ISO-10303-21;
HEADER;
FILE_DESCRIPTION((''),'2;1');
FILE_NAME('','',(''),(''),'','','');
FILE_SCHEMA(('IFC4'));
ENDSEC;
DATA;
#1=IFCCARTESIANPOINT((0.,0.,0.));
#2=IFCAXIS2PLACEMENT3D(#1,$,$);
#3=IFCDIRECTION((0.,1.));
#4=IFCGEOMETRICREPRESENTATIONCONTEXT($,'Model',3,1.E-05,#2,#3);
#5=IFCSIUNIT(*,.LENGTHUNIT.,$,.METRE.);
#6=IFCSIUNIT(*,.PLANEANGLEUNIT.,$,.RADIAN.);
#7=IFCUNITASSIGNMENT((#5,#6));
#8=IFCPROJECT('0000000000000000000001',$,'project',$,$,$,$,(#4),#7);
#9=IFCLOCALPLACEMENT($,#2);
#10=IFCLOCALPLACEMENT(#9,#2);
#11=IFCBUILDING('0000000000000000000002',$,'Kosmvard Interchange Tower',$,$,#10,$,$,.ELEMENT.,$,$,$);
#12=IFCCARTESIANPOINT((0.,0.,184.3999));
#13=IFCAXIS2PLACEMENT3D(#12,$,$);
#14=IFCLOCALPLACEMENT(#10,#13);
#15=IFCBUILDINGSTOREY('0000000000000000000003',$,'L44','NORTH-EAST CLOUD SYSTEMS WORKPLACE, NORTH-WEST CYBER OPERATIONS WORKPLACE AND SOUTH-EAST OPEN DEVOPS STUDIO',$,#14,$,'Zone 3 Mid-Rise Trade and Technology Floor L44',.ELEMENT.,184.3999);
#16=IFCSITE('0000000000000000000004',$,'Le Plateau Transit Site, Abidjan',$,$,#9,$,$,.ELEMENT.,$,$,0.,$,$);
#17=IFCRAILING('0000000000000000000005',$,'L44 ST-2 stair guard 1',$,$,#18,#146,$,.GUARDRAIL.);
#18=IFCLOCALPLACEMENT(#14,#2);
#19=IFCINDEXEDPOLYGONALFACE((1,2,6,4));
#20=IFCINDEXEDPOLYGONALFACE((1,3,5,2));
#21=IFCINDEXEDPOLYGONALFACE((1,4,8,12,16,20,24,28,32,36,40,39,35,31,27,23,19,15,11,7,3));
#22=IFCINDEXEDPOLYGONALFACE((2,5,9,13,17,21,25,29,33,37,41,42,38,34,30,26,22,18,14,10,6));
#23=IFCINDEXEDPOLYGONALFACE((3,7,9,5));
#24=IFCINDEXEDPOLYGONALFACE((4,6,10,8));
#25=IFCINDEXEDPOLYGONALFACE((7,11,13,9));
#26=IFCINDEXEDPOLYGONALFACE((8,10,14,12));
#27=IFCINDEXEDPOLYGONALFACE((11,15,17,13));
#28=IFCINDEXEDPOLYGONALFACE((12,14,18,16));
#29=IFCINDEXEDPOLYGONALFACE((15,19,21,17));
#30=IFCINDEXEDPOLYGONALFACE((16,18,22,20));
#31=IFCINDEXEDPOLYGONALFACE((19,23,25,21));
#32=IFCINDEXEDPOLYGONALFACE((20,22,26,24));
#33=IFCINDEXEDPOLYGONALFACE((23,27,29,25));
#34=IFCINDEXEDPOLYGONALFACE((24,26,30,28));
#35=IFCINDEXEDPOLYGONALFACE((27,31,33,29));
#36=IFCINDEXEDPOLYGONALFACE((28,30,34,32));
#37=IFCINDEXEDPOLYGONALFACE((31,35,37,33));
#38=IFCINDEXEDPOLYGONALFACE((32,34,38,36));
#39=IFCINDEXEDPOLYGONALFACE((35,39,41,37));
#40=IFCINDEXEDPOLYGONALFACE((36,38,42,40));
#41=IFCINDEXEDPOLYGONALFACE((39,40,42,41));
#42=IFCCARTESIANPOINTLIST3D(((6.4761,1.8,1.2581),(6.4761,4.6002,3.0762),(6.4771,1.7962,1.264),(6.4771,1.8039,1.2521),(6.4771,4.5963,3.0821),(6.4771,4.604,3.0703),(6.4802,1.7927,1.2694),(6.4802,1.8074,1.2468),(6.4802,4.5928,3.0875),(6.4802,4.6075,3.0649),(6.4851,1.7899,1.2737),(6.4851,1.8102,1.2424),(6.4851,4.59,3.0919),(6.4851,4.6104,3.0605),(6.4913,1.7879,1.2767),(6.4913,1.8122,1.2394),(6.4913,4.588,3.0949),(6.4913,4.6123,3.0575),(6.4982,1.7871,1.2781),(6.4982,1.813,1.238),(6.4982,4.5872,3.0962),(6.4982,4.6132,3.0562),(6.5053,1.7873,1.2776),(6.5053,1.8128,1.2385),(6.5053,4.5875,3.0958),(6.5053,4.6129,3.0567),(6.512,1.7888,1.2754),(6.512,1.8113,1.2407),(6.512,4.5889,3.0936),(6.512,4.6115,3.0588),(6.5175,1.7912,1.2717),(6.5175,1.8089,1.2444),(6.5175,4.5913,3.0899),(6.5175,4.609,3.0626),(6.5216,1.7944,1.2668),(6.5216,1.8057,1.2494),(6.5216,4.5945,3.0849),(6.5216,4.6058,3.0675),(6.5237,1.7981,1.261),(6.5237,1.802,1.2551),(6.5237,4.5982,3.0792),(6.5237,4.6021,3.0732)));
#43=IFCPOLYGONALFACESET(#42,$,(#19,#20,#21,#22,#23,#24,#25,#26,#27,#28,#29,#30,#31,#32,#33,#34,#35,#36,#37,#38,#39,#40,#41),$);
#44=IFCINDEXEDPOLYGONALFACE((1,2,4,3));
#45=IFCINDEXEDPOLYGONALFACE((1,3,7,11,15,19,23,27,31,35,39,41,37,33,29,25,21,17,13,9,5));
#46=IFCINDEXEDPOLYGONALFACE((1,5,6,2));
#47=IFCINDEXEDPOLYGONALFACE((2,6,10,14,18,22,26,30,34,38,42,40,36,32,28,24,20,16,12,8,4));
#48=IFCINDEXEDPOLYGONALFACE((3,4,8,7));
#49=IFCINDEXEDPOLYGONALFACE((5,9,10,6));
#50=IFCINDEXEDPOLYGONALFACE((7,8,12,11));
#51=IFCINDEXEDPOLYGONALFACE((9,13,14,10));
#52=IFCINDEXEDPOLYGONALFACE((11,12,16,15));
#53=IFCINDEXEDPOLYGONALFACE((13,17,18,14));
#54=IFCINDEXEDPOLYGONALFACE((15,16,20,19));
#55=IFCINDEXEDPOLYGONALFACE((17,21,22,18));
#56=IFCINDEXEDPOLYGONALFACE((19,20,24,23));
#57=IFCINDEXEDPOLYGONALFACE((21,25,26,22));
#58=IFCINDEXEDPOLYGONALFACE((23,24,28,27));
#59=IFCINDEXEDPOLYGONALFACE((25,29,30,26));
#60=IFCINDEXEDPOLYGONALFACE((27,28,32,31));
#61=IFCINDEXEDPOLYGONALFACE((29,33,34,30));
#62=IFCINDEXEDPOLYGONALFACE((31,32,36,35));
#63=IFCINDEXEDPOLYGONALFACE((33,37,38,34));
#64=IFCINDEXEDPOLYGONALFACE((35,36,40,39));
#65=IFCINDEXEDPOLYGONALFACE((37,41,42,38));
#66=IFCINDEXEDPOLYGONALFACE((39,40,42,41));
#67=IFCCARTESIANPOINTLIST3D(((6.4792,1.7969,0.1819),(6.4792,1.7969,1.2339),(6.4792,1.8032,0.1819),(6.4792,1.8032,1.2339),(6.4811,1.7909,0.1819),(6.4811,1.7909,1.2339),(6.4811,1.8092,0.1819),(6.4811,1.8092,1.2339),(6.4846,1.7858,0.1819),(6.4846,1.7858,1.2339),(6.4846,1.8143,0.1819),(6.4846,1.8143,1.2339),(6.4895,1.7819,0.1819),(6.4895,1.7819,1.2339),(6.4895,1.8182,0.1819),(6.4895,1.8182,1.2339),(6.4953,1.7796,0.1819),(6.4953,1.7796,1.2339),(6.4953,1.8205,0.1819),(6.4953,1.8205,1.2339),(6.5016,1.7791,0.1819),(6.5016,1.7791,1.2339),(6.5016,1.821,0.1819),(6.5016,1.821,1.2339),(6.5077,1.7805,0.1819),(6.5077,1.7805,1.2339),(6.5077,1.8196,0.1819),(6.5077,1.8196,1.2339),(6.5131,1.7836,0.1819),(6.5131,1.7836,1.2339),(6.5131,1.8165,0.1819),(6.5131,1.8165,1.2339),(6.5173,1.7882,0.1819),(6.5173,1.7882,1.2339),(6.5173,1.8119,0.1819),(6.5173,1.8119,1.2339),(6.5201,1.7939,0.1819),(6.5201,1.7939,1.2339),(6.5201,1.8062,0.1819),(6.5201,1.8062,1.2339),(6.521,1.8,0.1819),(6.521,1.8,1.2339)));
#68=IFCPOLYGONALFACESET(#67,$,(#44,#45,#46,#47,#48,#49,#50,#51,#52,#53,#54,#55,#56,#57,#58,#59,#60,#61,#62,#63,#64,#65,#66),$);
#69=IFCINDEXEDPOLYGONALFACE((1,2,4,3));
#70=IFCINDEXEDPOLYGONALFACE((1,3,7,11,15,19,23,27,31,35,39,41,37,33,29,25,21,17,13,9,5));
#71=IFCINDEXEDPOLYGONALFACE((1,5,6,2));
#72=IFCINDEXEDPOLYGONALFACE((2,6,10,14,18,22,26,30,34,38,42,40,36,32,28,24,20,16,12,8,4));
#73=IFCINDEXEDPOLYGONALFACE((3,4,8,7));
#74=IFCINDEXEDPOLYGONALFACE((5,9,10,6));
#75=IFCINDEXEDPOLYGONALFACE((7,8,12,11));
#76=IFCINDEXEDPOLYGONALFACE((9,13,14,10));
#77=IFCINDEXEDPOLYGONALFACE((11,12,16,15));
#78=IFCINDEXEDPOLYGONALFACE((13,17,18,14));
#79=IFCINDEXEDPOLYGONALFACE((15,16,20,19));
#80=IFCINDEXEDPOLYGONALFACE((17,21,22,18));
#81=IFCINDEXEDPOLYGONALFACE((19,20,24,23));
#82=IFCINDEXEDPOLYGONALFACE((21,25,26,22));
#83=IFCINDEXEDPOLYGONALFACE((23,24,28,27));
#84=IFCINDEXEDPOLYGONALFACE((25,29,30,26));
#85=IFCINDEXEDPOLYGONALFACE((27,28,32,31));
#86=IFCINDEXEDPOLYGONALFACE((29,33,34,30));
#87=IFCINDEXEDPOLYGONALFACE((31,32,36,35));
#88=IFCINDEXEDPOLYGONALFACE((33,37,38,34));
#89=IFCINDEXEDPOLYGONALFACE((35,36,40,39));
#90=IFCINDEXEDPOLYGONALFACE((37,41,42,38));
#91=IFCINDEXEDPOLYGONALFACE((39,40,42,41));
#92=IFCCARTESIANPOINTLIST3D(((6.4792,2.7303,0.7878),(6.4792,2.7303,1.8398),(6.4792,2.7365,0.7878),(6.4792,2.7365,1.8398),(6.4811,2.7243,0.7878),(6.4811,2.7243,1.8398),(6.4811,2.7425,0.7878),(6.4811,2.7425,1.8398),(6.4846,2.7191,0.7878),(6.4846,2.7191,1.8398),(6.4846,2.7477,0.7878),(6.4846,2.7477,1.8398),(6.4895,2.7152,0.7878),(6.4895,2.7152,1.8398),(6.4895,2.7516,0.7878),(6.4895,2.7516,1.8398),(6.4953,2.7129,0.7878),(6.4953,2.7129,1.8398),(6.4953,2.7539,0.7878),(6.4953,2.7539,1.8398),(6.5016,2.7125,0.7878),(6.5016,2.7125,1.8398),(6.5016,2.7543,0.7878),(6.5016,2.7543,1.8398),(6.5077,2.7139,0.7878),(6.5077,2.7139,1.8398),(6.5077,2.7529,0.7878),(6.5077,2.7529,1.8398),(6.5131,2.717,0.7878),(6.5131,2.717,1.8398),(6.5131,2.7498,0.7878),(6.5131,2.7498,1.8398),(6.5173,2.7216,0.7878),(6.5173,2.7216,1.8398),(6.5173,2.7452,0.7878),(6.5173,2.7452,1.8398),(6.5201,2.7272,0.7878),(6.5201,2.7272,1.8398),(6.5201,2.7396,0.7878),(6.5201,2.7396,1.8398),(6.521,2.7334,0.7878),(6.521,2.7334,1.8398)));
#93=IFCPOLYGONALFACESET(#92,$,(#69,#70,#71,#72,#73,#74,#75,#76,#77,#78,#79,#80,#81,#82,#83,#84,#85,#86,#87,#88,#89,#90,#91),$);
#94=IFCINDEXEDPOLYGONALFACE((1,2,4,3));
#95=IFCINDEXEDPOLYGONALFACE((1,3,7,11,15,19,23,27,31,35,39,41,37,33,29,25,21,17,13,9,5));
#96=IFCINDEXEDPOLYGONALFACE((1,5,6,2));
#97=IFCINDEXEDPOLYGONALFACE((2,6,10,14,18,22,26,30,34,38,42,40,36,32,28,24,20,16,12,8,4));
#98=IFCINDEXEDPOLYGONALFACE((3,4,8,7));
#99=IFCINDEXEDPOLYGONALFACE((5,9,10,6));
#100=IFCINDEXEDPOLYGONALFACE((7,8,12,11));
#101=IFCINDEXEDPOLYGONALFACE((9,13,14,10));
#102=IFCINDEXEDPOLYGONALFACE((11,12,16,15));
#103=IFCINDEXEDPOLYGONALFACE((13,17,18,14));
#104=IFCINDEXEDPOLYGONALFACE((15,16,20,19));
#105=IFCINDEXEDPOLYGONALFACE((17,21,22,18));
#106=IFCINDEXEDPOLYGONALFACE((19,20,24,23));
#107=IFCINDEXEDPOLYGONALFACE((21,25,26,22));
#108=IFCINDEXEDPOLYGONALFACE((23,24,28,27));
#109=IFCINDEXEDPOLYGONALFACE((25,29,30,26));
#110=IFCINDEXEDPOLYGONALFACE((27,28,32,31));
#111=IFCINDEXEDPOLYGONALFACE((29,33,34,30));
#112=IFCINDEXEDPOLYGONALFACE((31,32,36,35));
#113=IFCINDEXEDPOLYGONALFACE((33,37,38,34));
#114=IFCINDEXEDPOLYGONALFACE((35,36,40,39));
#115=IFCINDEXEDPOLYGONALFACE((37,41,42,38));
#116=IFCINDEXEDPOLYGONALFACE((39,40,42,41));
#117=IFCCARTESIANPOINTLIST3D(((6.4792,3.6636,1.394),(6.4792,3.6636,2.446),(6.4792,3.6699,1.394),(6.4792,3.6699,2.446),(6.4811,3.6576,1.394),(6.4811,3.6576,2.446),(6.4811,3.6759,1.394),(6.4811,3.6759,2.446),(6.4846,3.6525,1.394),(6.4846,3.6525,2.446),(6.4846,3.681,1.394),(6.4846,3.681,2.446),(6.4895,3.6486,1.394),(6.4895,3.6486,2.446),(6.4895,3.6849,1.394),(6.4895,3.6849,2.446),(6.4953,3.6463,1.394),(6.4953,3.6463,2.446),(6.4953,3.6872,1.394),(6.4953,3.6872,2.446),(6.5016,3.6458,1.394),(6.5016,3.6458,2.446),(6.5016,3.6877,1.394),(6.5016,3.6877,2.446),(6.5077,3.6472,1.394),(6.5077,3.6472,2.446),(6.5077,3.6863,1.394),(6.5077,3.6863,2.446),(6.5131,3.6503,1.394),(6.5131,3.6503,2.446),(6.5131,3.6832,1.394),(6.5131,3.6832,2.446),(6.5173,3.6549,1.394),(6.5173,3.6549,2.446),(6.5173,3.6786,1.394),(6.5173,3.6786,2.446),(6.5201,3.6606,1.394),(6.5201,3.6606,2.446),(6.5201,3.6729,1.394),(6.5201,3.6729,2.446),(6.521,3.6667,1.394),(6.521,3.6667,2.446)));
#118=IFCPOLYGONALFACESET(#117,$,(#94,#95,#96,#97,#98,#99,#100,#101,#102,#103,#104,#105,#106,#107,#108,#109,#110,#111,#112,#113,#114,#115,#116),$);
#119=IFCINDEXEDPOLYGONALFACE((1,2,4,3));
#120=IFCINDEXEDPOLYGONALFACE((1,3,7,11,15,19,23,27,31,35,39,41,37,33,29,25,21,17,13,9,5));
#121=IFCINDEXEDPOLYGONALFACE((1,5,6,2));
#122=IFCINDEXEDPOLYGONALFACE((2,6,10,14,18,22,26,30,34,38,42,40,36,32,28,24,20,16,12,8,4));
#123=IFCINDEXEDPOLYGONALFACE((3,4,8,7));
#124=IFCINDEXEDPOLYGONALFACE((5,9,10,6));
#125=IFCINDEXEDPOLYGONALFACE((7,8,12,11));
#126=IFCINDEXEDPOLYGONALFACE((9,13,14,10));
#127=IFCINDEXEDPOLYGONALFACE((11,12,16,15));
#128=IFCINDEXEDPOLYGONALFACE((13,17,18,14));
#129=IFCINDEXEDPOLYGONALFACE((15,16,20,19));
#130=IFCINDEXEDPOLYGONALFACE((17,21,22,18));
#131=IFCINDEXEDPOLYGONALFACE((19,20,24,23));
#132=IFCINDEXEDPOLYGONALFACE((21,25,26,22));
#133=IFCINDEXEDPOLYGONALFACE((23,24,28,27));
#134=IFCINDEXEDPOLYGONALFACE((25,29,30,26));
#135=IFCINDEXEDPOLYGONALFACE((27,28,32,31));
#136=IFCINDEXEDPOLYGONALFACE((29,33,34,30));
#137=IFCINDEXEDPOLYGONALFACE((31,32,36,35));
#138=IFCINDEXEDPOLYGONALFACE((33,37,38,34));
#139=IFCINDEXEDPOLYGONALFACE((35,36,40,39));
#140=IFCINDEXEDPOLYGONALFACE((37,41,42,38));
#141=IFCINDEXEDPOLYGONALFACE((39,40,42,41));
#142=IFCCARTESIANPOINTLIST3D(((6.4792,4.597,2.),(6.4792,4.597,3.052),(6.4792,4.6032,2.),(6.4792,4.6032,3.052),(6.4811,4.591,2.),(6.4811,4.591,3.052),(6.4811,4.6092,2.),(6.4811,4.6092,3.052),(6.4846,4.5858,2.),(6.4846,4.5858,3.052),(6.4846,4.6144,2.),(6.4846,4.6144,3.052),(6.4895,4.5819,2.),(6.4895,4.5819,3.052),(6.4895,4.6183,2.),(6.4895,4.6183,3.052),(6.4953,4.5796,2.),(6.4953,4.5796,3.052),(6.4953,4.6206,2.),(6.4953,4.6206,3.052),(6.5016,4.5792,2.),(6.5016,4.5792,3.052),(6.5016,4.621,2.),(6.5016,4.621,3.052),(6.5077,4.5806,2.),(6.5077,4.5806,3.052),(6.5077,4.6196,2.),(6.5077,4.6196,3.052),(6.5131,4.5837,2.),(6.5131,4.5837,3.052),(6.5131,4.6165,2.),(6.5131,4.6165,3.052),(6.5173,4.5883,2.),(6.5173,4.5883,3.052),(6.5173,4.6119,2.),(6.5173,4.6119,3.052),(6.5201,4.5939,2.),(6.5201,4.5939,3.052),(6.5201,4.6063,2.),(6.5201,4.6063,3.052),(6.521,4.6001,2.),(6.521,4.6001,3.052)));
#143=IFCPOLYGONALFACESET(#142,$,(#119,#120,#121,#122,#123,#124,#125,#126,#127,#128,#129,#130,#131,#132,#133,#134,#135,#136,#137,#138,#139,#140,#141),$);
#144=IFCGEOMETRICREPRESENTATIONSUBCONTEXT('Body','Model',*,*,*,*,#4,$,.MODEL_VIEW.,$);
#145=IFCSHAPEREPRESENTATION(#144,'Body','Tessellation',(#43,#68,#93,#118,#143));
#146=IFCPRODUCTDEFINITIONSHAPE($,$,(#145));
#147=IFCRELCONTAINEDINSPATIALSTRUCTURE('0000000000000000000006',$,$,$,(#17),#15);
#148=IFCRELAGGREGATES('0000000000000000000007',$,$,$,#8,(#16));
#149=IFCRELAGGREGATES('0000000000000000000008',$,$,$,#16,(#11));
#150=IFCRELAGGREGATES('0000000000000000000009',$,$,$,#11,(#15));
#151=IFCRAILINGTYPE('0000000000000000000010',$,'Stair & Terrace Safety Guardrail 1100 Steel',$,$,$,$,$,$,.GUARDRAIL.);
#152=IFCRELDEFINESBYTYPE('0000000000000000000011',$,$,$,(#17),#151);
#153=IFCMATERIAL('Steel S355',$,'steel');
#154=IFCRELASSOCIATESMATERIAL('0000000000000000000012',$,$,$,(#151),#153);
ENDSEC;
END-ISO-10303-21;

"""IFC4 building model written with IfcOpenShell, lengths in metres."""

from ifc_helpers import new_model, si_unit, direction, frame, origin, origin_2d, place, context, subcontext, project, spatial, circle, extrude, source, transform, mapped, material, type_object, element, save


model = new_model("IFC4")

# Units and contexts
model_context = context("Model", 3, precision=1e-05, world=origin(), true_north=direction((0.0, 1.0)))
body_context = subcontext(model_context, "Body", "Model", "MODEL_VIEW")
ifc_project = project(units=[si_unit("LENGTHUNIT", "METRE"), si_unit("PLANEANGLEUNIT", "RADIAN")], contexts=[model_context])

# Site, building, storey
site_placement = place(None, origin())
site = spatial("IfcSite", under=ifc_project, at=site_placement, Name="Le Plateau Transit Site, Abidjan", CompositionType="ELEMENT", RefElevation=0.0)
building_placement = place(site_placement, origin())
building = spatial("IfcBuilding", under=site, at=building_placement, Name="Kosmvard Interchange Tower", CompositionType="ELEMENT")
storey_placement = place(building_placement, frame((0.0, 0.0, 184.3999)))
storey = spatial("IfcBuildingStorey", under=building, at=storey_placement, Name="L44", Description="NORTH-EAST CLOUD SYSTEMS WORKPLACE, NORTH-WEST CYBER OPERATIONS WORKPLACE AND SOUTH-EAST OPEN DEVOPS STUDIO", LongName="Zone 3 Mid-Rise Trade and Technology Floor L44", CompositionType="ELEMENT", Elevation=184.3999)

# Railing
ifc_material_1 = material(Name="Steel S355", Category="steel")
railing_type_1 = type_object("IfcRailingType", Name="Stair & Terrace Safety Guardrail 1100 Steel", PredefinedType="GUARDRAIL", material=ifc_material_1)
shared_shape_1 = source(origin(), body_context, "Body", "SweptSolid", [
    extrude(circle(Radius=0.0239, at=origin_2d()), frame((0.0, 0.0, 1.0762), z_axis=(0.0, 0.838706, 0.544585), x_axis=(-1.0, 0.0, 0.0)), (0.0, 0.0, 1.0), 3.3386),
    extrude(circle(Radius=0.021, at=origin_2d()), origin(), (0.0, 0.0, 1.0), 1.052),
    extrude(circle(Radius=0.021, at=origin_2d()), frame((0.0, 0.9333, 0.606)), (0.0, 0.0, 1.0), 1.052),
    extrude(circle(Radius=0.021, at=origin_2d()), frame((0.0, 1.8667, 1.2122)), (0.0, 0.0, 1.0), 1.052),
    extrude(circle(Radius=0.021, at=origin_2d()), frame((0.0, 2.8, 1.8181)), (0.0, 0.0, 1.0), 1.052),
])
railing_1_placement = place(storey_placement, frame((6.5, 1.8, 0.1819)))
element("IfcRailing", 1, at=railing_1_placement, inside=storey, type_object=railing_type_1, Name="L44 ST-2 stair guard 1", PredefinedType="GUARDRAIL", context=body_context, shape_type="MappedRepresentation", body=[
    mapped(shared_shape_1, transform((0.0, 0.0, 0.0), scale=1.0)),
])

save(model, "model.ifc")
